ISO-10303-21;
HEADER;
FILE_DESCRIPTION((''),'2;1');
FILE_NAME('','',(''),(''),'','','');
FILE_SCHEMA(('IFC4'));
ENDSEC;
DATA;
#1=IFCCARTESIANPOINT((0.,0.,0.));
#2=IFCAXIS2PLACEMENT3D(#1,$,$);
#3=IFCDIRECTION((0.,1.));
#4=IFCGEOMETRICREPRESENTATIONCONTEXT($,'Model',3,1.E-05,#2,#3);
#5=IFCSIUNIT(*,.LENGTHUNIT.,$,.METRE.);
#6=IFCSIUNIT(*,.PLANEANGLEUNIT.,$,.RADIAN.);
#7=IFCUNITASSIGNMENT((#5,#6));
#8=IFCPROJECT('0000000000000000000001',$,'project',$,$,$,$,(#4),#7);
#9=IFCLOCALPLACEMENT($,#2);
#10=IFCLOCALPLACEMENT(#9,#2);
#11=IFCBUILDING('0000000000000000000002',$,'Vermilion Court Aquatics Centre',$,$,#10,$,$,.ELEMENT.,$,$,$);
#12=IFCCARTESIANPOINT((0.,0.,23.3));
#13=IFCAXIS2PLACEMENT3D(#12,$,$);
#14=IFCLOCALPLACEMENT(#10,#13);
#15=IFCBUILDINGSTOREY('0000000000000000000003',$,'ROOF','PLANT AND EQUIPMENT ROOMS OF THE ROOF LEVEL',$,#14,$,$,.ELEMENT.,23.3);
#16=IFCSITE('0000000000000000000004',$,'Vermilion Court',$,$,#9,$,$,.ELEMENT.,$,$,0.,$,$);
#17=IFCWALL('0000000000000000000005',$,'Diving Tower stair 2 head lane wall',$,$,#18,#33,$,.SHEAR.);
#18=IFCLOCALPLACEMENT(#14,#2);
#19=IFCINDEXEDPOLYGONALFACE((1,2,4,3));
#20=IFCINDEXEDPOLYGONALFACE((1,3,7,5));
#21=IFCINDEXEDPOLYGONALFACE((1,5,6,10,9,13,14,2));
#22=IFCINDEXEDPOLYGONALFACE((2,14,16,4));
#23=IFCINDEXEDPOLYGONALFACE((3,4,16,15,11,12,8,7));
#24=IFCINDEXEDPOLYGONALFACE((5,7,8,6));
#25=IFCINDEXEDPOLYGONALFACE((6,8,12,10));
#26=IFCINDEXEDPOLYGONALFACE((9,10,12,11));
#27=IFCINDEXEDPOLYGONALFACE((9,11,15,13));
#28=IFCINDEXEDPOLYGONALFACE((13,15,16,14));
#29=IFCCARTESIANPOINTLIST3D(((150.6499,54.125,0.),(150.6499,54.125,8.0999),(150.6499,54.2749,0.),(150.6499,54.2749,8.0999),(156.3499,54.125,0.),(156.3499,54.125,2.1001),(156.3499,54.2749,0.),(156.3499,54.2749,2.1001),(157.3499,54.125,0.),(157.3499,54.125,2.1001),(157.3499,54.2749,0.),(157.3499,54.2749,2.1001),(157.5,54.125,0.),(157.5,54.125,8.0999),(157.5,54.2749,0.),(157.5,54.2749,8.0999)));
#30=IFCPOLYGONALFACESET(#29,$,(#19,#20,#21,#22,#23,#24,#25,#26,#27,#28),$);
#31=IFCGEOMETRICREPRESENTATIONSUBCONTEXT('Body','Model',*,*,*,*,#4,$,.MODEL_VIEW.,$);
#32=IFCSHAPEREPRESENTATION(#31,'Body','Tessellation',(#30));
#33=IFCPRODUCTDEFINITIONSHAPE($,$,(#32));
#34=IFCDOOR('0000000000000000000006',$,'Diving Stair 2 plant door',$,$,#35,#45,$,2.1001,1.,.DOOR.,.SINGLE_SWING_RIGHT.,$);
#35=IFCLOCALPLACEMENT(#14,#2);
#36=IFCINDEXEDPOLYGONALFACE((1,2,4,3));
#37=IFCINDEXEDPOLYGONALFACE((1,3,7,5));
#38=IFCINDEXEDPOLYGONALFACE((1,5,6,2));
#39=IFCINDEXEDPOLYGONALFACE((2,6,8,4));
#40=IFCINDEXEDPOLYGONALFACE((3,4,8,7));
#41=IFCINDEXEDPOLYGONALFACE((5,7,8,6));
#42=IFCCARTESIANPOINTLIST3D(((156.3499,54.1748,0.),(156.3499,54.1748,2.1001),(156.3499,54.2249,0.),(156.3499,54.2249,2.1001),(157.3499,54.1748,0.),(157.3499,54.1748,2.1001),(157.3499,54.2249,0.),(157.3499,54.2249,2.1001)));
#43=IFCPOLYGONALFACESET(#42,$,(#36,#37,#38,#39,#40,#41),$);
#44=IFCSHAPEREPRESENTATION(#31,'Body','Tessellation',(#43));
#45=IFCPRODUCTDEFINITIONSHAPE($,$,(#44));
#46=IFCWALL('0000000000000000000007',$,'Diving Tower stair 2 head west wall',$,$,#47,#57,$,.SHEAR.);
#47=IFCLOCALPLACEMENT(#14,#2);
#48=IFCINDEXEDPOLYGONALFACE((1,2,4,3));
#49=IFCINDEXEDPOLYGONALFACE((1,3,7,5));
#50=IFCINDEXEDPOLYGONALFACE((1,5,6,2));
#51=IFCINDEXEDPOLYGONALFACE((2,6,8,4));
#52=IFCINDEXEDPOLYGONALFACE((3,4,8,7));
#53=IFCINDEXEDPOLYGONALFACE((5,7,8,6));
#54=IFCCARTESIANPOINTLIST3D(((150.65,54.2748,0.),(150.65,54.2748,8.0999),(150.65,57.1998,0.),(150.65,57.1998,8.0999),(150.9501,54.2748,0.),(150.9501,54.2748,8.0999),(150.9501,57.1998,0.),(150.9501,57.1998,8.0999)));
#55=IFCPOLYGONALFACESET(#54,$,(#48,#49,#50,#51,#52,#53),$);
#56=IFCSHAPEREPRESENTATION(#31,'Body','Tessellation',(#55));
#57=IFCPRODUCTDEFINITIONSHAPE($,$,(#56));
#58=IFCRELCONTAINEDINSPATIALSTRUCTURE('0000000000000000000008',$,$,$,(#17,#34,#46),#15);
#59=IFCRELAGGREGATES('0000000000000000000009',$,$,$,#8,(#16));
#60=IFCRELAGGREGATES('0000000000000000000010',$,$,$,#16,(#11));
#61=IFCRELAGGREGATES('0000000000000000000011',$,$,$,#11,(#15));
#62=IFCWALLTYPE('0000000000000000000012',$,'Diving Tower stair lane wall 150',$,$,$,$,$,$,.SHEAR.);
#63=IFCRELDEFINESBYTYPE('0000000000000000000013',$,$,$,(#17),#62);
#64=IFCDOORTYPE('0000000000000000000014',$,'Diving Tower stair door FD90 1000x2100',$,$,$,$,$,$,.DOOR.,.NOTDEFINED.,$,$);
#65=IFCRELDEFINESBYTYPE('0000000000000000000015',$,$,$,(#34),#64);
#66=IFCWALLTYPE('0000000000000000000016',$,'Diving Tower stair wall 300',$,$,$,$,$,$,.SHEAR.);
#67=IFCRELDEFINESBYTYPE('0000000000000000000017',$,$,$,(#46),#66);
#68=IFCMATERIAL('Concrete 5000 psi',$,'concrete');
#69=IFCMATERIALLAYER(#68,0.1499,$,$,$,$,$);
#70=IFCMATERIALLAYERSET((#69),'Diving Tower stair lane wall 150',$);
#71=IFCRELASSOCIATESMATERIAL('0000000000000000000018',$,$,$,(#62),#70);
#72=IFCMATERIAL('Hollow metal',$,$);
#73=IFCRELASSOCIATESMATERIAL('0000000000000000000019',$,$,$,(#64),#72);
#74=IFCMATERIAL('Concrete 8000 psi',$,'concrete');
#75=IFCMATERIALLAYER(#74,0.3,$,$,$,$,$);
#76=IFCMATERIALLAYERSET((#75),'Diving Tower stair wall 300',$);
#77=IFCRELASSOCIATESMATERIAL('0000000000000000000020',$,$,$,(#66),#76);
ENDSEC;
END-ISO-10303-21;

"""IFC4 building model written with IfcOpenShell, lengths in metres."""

from ifc_helpers import new_model, si_unit, direction, frame, frame_2d, origin, place, context, subcontext, project, spatial, rectangle, extrude, material, layer, layer_set, type_object, element, fill, save


model = new_model("IFC4")

# Units and contexts
model_context = context("Model", 3, precision=1e-05, world=origin(), true_north=direction((0.0, 1.0)))
body_context = subcontext(model_context, "Body", "Model", "MODEL_VIEW")
ifc_project = project(units=[si_unit("LENGTHUNIT", "METRE"), si_unit("PLANEANGLEUNIT", "RADIAN")], contexts=[model_context])

# Site, building, storey
site_placement = place(None, origin())
site = spatial("IfcSite", under=ifc_project, at=site_placement, Name="Vermilion Court", CompositionType="ELEMENT", RefElevation=0.0)
building_placement = place(site_placement, origin())
building = spatial("IfcBuilding", under=site, at=building_placement, Name="Vermilion Court Aquatics Centre", CompositionType="ELEMENT")
storey_placement = place(building_placement, frame((0.0, 0.0, 23.3)))
storey = spatial("IfcBuildingStorey", under=building, at=storey_placement, Name="ROOF", Description="PLANT AND EQUIPMENT ROOMS OF THE ROOF LEVEL", CompositionType="ELEMENT", Elevation=23.3)

# Wall, opening, door
ifc_material_1 = material(Name="Concrete 5000 psi", Category="concrete")
ifc_layer_1 = layer(ifc_material_1, 0.1499)
ifc_layer_set_1 = layer_set([ifc_layer_1], Name="Diving Tower stair lane wall 150")
wall_type_1 = type_object("IfcWallType", Name="Diving Tower stair lane wall 150", PredefinedType="SHEAR", material=ifc_layer_set_1)
wall_1_placement = place(storey_placement, frame((150.6499, 54.2, 0.0), z_axis=(0.0, 0.0, 1.0), x_axis=(1.0, 0.0, 0.0)))
wall_1 = element("IfcWall", 1, at=wall_1_placement, inside=storey, type_object=wall_type_1, Name="Diving Tower stair 2 head lane wall", PredefinedType="SHEAR", context=body_context, shape_type="SweptSolid", body=[
    extrude(rectangle(XDim=6.8501, YDim=0.1499, at=frame_2d((3.425, 0.0))), origin(), (0.0, 0.0, 1.0), 8.0999),
])
opening_1_placement = place(wall_1_placement, frame((5.7, 0.0, 0.0)))
opening_1 = element("IfcOpeningElement", 2, at=opening_1_placement, cuts=wall_1, PredefinedType="OPENING", context=body_context, shape_type="SweptSolid", body=[
    extrude(rectangle(XDim=1.0, YDim=2.1001, at=frame_2d((0.5, 1.05))), frame((0.0, 0.085, 0.0), z_axis=(0.0, -1.0, 0.0), x_axis=(1.0, 0.0, 0.0)), (0.0, 0.0, 1.0), 0.1699),
])
ifc_material_2 = material(Name="Hollow metal")
door_type = type_object("IfcDoorType", Name="Diving Tower stair door FD90 1000x2100", OperationType="NOTDEFINED", PredefinedType="DOOR", material=ifc_material_2)
door_placement = place(opening_1_placement, origin())
door = element("IfcDoor", 3, at=door_placement, inside=storey, type_object=door_type, Name="Diving Stair 2 plant door", OperationType="SINGLE_SWING_RIGHT", OverallHeight=2.1001, OverallWidth=1.0, PredefinedType="DOOR", context=body_context, shape_type="SweptSolid", body=[
    extrude(rectangle(XDim=1.0, YDim=2.1001, at=frame_2d((0.5, 1.05))), frame((0.0, 0.0249, 0.0), z_axis=(0.0, -1.0, 0.0), x_axis=(1.0, 0.0, 0.0)), (0.0, 0.0, 1.0), 0.05),
])
fill(opening_1, door)

# Wall
ifc_material_3 = material(Name="Concrete 8000 psi", Category="concrete")
ifc_layer_2 = layer(ifc_material_3, 0.3)
ifc_layer_set_2 = layer_set([ifc_layer_2], Name="Diving Tower stair wall 300")
wall_type_2 = type_object("IfcWallType", Name="Diving Tower stair wall 300", PredefinedType="SHEAR", material=ifc_layer_set_2)
wall_2_placement = place(storey_placement, frame((150.8, 54.2749, 0.0), z_axis=(0.0, 0.0, 1.0), x_axis=(0.0, 1.0, 0.0)))
element("IfcWall", 4, at=wall_2_placement, inside=storey, type_object=wall_type_2, Name="Diving Tower stair 2 head west wall", PredefinedType="SHEAR", context=body_context, shape_type="SweptSolid", body=[
    extrude(rectangle(XDim=2.925, YDim=0.3, at=frame_2d((1.4624, 0.0))), origin(), (0.0, 0.0, 1.0), 8.0999),
])

save(model, "model.ifc")
